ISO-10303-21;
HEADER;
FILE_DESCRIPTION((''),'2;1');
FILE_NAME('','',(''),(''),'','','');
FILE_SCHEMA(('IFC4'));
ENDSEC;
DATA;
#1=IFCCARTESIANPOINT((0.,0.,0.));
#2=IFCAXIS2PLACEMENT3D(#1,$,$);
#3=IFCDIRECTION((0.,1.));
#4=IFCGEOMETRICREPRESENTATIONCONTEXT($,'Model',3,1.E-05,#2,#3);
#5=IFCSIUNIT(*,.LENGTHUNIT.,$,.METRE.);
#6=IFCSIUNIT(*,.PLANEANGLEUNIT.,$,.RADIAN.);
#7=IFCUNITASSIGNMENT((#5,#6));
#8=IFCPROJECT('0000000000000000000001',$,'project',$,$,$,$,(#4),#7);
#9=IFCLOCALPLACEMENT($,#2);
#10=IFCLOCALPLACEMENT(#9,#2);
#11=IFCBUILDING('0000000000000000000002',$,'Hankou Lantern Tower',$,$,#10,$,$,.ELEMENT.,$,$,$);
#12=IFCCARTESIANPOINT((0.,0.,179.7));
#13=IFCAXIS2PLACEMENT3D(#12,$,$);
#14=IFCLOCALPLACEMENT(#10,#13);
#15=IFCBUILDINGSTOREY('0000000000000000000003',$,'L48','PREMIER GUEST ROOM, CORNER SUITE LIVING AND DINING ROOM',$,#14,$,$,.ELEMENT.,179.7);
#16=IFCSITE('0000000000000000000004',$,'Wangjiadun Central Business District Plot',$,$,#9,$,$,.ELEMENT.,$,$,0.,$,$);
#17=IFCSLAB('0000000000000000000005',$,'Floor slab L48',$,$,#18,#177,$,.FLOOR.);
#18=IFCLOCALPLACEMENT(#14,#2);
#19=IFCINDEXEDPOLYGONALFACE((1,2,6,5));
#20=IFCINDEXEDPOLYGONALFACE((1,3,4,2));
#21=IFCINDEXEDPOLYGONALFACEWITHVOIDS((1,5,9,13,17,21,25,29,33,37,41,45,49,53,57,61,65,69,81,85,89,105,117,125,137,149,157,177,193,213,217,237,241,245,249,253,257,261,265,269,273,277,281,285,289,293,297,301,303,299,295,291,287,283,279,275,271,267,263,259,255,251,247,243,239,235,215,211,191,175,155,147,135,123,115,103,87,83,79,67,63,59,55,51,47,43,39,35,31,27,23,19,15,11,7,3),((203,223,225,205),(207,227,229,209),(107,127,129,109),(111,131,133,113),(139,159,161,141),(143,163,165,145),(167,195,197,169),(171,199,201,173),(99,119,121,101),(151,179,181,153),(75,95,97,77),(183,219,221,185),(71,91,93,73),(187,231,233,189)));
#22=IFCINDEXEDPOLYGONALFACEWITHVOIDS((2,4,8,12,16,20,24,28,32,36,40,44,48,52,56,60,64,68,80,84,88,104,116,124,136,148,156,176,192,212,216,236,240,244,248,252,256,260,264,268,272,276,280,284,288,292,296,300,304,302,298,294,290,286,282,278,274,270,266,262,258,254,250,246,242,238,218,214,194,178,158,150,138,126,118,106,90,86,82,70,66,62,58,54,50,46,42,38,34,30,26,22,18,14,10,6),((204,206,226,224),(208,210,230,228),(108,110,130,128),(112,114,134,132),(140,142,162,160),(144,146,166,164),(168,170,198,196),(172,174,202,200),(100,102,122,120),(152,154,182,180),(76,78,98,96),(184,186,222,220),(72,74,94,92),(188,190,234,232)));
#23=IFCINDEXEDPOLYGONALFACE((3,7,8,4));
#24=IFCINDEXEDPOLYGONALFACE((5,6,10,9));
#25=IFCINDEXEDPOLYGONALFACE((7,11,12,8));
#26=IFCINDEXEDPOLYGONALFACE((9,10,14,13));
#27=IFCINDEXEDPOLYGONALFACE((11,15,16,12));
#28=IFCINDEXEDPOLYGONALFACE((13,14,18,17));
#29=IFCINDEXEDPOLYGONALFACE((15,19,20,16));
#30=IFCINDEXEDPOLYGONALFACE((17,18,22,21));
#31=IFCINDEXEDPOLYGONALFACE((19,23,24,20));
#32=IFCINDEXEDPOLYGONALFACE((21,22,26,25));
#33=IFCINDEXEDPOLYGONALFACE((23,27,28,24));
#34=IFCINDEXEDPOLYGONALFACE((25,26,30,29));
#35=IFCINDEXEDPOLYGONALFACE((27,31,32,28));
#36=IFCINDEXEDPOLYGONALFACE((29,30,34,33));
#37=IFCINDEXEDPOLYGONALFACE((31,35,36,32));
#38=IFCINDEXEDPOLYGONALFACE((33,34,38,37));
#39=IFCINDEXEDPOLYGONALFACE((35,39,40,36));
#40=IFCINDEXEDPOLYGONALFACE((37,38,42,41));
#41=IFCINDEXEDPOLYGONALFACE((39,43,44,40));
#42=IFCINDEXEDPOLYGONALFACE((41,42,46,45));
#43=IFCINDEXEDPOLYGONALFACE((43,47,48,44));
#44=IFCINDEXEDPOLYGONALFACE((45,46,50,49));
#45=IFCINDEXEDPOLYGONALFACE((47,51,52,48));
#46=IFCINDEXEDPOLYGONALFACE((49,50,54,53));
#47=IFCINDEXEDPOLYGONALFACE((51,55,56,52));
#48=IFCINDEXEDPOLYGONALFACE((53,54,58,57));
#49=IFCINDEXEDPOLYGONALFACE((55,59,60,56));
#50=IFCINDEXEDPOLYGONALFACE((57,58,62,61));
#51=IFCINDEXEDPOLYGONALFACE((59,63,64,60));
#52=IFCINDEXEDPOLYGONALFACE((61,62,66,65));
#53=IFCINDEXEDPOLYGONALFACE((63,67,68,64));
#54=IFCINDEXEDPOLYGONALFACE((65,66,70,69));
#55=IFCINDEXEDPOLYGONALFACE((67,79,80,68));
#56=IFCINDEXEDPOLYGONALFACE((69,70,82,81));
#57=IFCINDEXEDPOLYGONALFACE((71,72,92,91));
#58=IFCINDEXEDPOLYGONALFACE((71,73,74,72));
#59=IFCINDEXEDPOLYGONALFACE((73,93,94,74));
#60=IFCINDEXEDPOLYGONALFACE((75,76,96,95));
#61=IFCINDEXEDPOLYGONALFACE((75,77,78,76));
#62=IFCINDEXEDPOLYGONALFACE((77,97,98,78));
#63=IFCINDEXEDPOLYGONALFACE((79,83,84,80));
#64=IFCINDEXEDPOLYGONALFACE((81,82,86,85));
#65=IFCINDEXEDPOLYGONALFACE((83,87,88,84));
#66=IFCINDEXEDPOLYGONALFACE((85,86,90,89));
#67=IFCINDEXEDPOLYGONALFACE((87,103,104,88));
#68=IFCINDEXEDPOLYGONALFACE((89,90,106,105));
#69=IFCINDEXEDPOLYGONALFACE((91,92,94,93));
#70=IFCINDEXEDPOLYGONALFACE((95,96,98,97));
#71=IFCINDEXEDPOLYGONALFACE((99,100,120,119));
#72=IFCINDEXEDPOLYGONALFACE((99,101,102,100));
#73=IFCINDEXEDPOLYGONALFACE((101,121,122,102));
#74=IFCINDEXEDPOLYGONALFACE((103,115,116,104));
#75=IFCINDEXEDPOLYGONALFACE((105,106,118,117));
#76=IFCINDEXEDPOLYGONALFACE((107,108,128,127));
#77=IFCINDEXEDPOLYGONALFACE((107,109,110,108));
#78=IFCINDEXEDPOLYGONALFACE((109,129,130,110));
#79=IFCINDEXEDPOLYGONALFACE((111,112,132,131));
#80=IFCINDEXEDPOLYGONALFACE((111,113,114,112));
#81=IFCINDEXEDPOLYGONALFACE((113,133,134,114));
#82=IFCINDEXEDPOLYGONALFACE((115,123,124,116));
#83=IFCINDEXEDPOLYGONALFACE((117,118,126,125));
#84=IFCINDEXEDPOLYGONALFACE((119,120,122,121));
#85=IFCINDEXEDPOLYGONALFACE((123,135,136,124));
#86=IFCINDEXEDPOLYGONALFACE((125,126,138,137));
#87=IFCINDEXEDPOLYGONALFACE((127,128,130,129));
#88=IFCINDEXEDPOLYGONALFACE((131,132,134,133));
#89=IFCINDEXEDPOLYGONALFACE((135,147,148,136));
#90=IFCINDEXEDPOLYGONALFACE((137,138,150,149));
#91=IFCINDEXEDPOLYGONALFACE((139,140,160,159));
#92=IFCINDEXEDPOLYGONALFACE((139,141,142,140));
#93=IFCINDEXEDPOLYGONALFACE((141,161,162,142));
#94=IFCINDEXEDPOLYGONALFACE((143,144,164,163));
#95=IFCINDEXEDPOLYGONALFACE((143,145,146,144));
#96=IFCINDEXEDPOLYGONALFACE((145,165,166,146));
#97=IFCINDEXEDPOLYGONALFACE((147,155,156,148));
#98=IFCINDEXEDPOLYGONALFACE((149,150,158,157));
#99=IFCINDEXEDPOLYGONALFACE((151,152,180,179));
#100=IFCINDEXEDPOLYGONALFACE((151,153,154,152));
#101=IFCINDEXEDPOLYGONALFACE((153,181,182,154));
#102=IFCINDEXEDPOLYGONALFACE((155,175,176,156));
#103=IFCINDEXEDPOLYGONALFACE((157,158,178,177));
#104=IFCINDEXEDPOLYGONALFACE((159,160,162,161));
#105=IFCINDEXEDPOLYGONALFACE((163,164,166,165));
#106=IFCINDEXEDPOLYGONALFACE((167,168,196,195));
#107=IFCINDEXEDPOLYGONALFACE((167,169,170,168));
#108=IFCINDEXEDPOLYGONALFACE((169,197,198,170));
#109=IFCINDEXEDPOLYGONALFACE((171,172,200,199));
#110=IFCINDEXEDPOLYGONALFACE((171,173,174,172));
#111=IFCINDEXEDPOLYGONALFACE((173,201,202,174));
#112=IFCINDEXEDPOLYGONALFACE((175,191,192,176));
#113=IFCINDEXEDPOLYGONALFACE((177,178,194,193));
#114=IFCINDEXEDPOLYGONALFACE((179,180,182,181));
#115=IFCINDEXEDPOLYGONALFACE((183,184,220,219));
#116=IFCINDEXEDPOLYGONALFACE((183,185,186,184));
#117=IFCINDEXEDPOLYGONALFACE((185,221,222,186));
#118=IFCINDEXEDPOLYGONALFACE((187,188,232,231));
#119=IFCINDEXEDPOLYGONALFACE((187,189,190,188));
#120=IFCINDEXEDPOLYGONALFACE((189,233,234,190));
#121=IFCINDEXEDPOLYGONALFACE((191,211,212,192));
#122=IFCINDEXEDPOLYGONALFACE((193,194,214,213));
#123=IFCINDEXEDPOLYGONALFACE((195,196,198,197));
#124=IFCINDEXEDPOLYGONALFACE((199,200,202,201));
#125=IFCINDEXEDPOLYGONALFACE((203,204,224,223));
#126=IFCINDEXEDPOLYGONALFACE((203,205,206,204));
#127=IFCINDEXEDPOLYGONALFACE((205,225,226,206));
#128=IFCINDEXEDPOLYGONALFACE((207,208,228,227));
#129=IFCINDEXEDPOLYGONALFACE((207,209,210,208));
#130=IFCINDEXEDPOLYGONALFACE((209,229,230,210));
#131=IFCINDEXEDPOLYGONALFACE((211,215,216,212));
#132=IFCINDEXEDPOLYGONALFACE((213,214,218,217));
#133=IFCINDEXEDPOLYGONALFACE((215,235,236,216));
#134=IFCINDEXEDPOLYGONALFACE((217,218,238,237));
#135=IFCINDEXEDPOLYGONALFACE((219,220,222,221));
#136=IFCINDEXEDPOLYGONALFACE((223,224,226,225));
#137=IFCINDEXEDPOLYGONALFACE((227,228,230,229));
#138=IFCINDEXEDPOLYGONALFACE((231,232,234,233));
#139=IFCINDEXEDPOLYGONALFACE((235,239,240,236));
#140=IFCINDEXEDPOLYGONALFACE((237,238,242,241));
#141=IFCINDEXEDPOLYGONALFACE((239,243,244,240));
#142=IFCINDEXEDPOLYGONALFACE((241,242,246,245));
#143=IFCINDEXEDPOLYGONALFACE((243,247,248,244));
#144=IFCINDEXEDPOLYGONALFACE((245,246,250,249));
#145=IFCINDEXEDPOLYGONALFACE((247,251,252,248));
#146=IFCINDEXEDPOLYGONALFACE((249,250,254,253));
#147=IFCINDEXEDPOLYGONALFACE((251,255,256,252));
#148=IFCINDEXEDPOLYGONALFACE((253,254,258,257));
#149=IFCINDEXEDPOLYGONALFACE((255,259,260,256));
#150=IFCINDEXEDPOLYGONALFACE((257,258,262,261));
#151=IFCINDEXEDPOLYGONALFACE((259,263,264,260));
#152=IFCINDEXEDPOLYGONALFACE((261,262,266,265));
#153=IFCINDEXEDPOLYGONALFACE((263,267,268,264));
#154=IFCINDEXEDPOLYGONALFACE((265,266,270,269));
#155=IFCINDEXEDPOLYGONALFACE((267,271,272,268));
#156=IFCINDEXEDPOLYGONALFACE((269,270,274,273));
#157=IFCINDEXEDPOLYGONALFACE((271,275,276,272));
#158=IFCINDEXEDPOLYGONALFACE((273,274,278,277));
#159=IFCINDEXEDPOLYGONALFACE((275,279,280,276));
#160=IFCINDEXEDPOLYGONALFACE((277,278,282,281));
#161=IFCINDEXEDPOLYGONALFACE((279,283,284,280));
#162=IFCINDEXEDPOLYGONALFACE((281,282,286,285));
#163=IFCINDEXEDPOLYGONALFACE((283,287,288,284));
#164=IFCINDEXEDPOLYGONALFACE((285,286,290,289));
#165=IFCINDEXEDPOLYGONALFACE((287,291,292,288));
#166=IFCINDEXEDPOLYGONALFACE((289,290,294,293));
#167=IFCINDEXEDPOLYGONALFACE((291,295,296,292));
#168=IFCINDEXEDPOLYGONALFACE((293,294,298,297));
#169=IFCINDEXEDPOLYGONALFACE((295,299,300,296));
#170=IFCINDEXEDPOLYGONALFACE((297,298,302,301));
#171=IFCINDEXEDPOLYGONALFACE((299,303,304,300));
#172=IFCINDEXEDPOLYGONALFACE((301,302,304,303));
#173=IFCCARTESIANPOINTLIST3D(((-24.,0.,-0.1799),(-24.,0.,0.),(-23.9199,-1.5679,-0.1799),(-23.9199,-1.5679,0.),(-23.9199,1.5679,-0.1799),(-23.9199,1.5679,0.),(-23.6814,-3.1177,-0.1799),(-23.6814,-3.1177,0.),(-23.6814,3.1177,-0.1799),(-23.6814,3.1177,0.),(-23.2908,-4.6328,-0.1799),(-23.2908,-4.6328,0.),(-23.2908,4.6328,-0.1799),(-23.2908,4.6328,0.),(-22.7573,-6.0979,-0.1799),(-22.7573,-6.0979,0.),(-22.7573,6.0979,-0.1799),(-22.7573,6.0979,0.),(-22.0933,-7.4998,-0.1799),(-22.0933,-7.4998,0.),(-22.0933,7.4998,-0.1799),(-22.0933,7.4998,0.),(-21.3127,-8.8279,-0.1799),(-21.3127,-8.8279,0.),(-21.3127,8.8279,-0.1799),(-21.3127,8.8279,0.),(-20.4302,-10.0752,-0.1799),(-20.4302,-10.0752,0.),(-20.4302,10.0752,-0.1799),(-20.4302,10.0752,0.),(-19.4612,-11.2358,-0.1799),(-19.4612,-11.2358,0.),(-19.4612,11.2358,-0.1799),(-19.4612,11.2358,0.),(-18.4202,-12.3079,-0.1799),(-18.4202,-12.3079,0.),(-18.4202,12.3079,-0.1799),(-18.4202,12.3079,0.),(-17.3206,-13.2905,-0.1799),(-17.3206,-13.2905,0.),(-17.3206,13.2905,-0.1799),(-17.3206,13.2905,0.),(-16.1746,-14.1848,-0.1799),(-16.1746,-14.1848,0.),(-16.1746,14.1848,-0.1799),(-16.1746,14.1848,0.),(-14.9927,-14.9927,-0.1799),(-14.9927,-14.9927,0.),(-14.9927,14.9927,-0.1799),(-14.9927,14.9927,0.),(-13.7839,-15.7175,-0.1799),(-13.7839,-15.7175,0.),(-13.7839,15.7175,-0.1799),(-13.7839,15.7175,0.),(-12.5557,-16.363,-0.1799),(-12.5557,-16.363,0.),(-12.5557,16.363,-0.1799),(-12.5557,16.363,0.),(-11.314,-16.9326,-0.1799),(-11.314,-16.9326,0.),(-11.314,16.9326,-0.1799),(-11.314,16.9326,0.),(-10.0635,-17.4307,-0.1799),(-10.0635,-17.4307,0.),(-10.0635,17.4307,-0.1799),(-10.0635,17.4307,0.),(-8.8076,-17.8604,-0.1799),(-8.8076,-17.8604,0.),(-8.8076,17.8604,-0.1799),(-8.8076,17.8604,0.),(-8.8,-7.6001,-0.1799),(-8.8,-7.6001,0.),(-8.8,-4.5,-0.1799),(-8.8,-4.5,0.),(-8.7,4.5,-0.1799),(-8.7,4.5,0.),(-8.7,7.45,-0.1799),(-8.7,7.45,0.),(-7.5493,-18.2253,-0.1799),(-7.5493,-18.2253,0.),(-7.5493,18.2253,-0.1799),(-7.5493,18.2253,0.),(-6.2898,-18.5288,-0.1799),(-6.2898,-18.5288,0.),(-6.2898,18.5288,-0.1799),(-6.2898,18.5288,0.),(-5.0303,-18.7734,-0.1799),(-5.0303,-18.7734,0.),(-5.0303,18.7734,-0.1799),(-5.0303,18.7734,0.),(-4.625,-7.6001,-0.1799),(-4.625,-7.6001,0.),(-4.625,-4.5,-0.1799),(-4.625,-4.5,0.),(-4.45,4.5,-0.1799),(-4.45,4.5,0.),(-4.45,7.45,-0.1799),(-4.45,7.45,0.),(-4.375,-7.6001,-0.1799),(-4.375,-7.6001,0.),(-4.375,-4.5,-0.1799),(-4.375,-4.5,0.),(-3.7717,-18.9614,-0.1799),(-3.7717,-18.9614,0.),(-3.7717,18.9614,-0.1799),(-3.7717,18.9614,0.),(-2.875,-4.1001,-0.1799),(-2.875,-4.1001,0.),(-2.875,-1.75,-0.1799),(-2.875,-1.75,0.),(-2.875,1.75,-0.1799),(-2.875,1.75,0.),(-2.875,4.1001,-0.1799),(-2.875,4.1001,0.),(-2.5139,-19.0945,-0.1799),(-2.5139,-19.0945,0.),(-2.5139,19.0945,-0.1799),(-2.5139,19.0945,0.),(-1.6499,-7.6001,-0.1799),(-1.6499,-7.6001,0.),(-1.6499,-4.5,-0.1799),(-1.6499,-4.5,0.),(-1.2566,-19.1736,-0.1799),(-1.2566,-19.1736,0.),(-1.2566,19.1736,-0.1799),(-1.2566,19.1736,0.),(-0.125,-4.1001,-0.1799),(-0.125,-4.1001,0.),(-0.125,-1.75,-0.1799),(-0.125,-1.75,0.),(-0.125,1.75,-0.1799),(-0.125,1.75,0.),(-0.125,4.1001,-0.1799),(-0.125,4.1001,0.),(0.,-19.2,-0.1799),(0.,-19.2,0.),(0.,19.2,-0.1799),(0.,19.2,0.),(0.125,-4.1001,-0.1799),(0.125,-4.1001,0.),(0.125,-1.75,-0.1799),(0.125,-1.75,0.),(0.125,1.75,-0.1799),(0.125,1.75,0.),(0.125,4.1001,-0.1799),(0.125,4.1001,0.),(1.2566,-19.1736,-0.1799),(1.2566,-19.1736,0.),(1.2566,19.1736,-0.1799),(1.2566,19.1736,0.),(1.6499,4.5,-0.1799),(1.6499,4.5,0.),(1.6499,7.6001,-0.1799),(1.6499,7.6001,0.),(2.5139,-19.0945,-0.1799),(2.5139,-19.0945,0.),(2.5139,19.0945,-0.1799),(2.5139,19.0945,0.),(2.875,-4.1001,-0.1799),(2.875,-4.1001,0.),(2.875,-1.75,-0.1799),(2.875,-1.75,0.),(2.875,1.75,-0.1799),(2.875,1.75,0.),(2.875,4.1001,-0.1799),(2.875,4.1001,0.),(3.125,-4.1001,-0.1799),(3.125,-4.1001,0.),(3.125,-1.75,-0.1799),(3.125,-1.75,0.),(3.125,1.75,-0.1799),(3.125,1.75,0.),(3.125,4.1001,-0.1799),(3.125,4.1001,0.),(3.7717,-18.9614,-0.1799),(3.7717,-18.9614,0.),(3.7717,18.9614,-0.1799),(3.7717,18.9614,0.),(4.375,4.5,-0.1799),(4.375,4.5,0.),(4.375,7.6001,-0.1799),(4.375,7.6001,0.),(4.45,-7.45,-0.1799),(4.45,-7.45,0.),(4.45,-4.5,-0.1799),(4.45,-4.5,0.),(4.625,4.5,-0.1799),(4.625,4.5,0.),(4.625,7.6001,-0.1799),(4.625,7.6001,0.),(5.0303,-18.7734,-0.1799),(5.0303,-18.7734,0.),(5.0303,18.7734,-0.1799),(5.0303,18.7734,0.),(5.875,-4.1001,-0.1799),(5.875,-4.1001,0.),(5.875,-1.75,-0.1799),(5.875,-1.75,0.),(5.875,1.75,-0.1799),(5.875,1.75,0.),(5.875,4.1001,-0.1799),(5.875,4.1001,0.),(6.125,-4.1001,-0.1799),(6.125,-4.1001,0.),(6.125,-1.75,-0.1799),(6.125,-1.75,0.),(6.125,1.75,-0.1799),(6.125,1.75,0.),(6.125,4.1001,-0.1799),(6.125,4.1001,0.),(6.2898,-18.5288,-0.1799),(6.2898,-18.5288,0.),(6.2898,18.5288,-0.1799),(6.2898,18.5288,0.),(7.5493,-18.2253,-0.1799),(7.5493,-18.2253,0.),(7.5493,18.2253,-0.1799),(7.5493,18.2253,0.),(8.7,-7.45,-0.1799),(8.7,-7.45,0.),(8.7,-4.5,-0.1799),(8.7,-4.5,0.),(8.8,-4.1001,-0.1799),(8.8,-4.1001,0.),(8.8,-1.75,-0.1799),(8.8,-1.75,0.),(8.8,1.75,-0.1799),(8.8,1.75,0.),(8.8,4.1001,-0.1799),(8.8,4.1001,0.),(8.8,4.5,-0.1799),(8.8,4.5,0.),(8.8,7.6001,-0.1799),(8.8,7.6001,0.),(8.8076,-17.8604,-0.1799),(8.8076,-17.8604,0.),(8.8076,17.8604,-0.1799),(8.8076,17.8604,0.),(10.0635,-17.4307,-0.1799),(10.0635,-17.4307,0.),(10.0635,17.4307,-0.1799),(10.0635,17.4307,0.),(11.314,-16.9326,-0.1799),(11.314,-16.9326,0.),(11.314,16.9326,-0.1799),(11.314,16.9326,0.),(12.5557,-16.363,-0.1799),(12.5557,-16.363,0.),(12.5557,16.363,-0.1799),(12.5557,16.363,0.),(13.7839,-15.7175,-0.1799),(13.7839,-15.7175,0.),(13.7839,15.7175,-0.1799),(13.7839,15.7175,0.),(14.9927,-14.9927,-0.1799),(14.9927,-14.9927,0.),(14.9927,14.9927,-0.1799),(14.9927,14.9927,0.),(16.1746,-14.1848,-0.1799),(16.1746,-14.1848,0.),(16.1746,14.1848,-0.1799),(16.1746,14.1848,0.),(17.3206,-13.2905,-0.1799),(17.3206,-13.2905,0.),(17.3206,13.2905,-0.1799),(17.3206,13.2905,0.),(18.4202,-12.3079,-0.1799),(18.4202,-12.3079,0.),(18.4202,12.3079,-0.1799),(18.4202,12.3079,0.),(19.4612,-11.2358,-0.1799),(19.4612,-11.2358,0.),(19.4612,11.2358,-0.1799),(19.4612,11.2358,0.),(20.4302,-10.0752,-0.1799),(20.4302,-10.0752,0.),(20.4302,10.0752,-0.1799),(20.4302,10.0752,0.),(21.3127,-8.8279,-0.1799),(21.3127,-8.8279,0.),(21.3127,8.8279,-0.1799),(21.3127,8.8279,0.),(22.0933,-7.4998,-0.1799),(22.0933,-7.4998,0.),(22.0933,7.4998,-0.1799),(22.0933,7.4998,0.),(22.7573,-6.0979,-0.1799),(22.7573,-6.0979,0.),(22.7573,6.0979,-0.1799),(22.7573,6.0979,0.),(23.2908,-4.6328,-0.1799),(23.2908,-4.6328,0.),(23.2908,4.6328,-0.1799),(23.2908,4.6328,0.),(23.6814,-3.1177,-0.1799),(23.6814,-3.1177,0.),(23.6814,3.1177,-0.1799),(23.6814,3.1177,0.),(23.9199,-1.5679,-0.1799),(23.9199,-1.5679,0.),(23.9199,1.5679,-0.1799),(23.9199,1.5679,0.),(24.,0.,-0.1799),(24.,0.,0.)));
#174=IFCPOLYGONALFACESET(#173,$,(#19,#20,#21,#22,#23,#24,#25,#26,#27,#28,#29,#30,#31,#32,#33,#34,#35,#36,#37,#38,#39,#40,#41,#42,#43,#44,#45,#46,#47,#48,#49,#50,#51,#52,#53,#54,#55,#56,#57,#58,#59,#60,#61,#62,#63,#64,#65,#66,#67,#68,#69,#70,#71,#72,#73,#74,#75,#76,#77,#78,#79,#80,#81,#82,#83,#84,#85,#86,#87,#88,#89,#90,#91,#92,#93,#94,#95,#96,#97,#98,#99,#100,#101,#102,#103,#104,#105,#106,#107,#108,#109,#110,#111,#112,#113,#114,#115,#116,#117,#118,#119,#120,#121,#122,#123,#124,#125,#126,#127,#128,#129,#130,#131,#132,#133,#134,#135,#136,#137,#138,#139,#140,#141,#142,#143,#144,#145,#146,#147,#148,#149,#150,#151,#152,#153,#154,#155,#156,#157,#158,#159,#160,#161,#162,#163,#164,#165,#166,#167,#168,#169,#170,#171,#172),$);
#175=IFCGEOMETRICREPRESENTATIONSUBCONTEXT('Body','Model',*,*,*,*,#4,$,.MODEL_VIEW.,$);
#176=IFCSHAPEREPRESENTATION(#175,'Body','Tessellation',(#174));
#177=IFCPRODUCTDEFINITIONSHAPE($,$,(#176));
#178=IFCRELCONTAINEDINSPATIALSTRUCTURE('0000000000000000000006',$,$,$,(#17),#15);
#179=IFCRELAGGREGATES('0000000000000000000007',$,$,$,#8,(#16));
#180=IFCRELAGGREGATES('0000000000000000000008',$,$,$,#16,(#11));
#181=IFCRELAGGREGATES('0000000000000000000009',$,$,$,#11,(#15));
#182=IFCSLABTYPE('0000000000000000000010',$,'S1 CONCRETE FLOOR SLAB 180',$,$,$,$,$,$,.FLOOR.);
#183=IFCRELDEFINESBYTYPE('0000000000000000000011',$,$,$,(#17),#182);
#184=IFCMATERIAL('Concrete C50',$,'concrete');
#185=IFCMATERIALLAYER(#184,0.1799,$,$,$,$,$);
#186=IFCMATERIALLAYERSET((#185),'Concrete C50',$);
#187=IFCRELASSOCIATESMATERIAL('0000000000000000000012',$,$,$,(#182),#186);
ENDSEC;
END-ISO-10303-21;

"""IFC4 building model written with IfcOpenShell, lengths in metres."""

from ifc_helpers import new_model, si_unit, direction, frame, origin, place, context, subcontext, project, spatial, polyline, outline, extrude, material, layer, layer_set, type_object, element, save


model = new_model("IFC4")

# Units and contexts
model_context = context("Model", 3, precision=1e-05, world=origin(), true_north=direction((0.0, 1.0)))
body_context = subcontext(model_context, "Body", "Model", "MODEL_VIEW")
ifc_project = project(units=[si_unit("LENGTHUNIT", "METRE"), si_unit("PLANEANGLEUNIT", "RADIAN")], contexts=[model_context])

# Site, building, storey
site_placement = place(None, origin())
site = spatial("IfcSite", under=ifc_project, at=site_placement, Name="Wangjiadun Central Business District Plot", CompositionType="ELEMENT", RefElevation=0.0)
building_placement = place(site_placement, origin())
building = spatial("IfcBuilding", under=site, at=building_placement, Name="Hankou Lantern Tower", CompositionType="ELEMENT")
storey_placement = place(building_placement, frame((0.0, 0.0, 179.7)))
storey = spatial("IfcBuildingStorey", under=building, at=storey_placement, Name="L48", Description="PREMIER GUEST ROOM, CORNER SUITE LIVING AND DINING ROOM", CompositionType="ELEMENT", Elevation=179.7)

# Slab
ifc_material_1 = material(Name="Concrete C50", Category="concrete")
ifc_layer_1 = layer(ifc_material_1, 0.1799)
ifc_layer_set_1 = layer_set([ifc_layer_1], Name="Concrete C50")
slab_type = type_object("IfcSlabType", Name="S1 CONCRETE FLOOR SLAB 180", PredefinedType="FLOOR", material=ifc_layer_set_1)
slab_placement = place(storey_placement, frame((0.0, 0.0, -0.1799)))
element("IfcSlab", 1, at=slab_placement, inside=storey, type_object=slab_type, Name="Floor slab L48", PredefinedType="FLOOR", context=body_context, shape_type="SweptSolid", body=[
    extrude(outline(polyline([(24.0, 0.0), (23.9199, 1.5679), (23.6814, 3.1177), (23.2908, 4.6328), (22.7573, 6.0979), (22.0933, 7.4998), (21.3127, 8.8279), (20.4302, 10.0752), (19.4612, 11.2358), (18.4202, 12.3079), (17.3206, 13.2905), (16.1746, 14.1848), (14.9927, 14.9927), (13.7839, 15.7175), (12.5557, 16.363), (11.314, 16.9326), (10.0635, 17.4307), (8.8076, 17.8604), (7.5493, 18.2253), (6.2898, 18.5288), (5.0303, 18.7734), (3.7717, 18.9614), (2.5139, 19.0945), (1.2566, 19.1736), (0.0, 19.2), (-1.2566, 19.1736), (-2.5139, 19.0945), (-3.7717, 18.9614), (-5.0303, 18.7734), (-6.2898, 18.5288), (-7.5493, 18.2253), (-8.8076, 17.8604), (-10.0635, 17.4307), (-11.314, 16.9326), (-12.5557, 16.363), (-13.7839, 15.7175), (-14.9927, 14.9927), (-16.1746, 14.1848), (-17.3206, 13.2905), (-18.4202, 12.3079), (-19.4612, 11.2358), (-20.4302, 10.0752), (-21.3127, 8.8279), (-22.0933, 7.4998), (-22.7573, 6.0979), (-23.2908, 4.6328), (-23.6814, 3.1177), (-23.9199, 1.5679), (-24.0, 0.0), (-23.9199, -1.5679), (-23.6814, -3.1177), (-23.2908, -4.6328), (-22.7573, -6.0979), (-22.0933, -7.4998), (-21.3127, -8.8279), (-20.4302, -10.0752), (-19.4612, -11.2358), (-18.4202, -12.3079), (-17.3206, -13.2905), (-16.1746, -14.1848), (-14.9927, -14.9927), (-13.7839, -15.7175), (-12.5557, -16.363), (-11.314, -16.9326), (-10.0635, -17.4307), (-8.8076, -17.8604), (-7.5493, -18.2253), (-6.2898, -18.5288), (-5.0303, -18.7734), (-3.7717, -18.9614), (-2.5139, -19.0945), (-1.2566, -19.1736), (0.0, -19.2), (1.2566, -19.1736), (2.5139, -19.0945), (3.7717, -18.9614), (5.0303, -18.7734), (6.2898, -18.5288), (7.5493, -18.2253), (8.8076, -17.8604), (10.0635, -17.4307), (11.314, -16.9326), (12.5557, -16.363), (13.7839, -15.7175), (14.9927, -14.9927), (16.1746, -14.1848), (17.3206, -13.2905), (18.4202, -12.3079), (19.4612, -11.2358), (20.4302, -10.0752), (21.3127, -8.8279), (22.0933, -7.4998), (22.7573, -6.0979), (23.2908, -4.6328), (23.6814, -3.1177), (23.9199, -1.5679), (24.0, 0.0)]), holes=[polyline([(-2.875, 4.1001), (-0.125, 4.1001), (-0.125, 1.75), (-2.875, 1.75), (-2.875, 4.1001)]), polyline([(0.125, 4.1001), (2.875, 4.1001), (2.875, 1.75), (0.125, 1.75), (0.125, 4.1001)]), polyline([(3.125, 4.1001), (5.875, 4.1001), (5.875, 1.75), (3.125, 1.75), (3.125, 4.1001)]), polyline([(6.125, 4.1001), (8.8, 4.1001), (8.8, 1.75), (6.125, 1.75), (6.125, 4.1001)]), polyline([(-2.875, -1.75), (-0.125, -1.75), (-0.125, -4.1001), (-2.875, -4.1001), (-2.875, -1.75)]), polyline([(0.125, -1.75), (2.875, -1.75), (2.875, -4.1001), (0.125, -4.1001), (0.125, -1.75)]), polyline([(3.125, -1.75), (5.875, -1.75), (5.875, -4.1001), (3.125, -4.1001), (3.125, -1.75)]), polyline([(6.125, -1.75), (8.8, -1.75), (8.8, -4.1001), (6.125, -4.1001), (6.125, -1.75)]), polyline([(1.6499, 7.6001), (4.375, 7.6001), (4.375, 4.5), (1.6499, 4.5), (1.6499, 7.6001)]), polyline([(-4.375, -4.5), (-1.6499, -4.5), (-1.6499, -7.6001), (-4.375, -7.6001), (-4.375, -4.5)]), polyline([(-8.7, 7.45), (-4.45, 7.45), (-4.45, 4.5), (-8.7, 4.5), (-8.7, 7.45)]), polyline([(4.45, -4.5), (8.7, -4.5), (8.7, -7.45), (4.45, -7.45), (4.45, -4.5)]), polyline([(4.625, 7.6001), (8.8, 7.6001), (8.8, 4.5), (4.625, 4.5), (4.625, 7.6001)]), polyline([(-8.8, -4.5), (-4.625, -4.5), (-4.625, -7.6001), (-8.8, -7.6001), (-8.8, -4.5)])]), origin(), (0.0, 0.0, 1.0), 0.1799),
])

save(model, "model.ifc")
